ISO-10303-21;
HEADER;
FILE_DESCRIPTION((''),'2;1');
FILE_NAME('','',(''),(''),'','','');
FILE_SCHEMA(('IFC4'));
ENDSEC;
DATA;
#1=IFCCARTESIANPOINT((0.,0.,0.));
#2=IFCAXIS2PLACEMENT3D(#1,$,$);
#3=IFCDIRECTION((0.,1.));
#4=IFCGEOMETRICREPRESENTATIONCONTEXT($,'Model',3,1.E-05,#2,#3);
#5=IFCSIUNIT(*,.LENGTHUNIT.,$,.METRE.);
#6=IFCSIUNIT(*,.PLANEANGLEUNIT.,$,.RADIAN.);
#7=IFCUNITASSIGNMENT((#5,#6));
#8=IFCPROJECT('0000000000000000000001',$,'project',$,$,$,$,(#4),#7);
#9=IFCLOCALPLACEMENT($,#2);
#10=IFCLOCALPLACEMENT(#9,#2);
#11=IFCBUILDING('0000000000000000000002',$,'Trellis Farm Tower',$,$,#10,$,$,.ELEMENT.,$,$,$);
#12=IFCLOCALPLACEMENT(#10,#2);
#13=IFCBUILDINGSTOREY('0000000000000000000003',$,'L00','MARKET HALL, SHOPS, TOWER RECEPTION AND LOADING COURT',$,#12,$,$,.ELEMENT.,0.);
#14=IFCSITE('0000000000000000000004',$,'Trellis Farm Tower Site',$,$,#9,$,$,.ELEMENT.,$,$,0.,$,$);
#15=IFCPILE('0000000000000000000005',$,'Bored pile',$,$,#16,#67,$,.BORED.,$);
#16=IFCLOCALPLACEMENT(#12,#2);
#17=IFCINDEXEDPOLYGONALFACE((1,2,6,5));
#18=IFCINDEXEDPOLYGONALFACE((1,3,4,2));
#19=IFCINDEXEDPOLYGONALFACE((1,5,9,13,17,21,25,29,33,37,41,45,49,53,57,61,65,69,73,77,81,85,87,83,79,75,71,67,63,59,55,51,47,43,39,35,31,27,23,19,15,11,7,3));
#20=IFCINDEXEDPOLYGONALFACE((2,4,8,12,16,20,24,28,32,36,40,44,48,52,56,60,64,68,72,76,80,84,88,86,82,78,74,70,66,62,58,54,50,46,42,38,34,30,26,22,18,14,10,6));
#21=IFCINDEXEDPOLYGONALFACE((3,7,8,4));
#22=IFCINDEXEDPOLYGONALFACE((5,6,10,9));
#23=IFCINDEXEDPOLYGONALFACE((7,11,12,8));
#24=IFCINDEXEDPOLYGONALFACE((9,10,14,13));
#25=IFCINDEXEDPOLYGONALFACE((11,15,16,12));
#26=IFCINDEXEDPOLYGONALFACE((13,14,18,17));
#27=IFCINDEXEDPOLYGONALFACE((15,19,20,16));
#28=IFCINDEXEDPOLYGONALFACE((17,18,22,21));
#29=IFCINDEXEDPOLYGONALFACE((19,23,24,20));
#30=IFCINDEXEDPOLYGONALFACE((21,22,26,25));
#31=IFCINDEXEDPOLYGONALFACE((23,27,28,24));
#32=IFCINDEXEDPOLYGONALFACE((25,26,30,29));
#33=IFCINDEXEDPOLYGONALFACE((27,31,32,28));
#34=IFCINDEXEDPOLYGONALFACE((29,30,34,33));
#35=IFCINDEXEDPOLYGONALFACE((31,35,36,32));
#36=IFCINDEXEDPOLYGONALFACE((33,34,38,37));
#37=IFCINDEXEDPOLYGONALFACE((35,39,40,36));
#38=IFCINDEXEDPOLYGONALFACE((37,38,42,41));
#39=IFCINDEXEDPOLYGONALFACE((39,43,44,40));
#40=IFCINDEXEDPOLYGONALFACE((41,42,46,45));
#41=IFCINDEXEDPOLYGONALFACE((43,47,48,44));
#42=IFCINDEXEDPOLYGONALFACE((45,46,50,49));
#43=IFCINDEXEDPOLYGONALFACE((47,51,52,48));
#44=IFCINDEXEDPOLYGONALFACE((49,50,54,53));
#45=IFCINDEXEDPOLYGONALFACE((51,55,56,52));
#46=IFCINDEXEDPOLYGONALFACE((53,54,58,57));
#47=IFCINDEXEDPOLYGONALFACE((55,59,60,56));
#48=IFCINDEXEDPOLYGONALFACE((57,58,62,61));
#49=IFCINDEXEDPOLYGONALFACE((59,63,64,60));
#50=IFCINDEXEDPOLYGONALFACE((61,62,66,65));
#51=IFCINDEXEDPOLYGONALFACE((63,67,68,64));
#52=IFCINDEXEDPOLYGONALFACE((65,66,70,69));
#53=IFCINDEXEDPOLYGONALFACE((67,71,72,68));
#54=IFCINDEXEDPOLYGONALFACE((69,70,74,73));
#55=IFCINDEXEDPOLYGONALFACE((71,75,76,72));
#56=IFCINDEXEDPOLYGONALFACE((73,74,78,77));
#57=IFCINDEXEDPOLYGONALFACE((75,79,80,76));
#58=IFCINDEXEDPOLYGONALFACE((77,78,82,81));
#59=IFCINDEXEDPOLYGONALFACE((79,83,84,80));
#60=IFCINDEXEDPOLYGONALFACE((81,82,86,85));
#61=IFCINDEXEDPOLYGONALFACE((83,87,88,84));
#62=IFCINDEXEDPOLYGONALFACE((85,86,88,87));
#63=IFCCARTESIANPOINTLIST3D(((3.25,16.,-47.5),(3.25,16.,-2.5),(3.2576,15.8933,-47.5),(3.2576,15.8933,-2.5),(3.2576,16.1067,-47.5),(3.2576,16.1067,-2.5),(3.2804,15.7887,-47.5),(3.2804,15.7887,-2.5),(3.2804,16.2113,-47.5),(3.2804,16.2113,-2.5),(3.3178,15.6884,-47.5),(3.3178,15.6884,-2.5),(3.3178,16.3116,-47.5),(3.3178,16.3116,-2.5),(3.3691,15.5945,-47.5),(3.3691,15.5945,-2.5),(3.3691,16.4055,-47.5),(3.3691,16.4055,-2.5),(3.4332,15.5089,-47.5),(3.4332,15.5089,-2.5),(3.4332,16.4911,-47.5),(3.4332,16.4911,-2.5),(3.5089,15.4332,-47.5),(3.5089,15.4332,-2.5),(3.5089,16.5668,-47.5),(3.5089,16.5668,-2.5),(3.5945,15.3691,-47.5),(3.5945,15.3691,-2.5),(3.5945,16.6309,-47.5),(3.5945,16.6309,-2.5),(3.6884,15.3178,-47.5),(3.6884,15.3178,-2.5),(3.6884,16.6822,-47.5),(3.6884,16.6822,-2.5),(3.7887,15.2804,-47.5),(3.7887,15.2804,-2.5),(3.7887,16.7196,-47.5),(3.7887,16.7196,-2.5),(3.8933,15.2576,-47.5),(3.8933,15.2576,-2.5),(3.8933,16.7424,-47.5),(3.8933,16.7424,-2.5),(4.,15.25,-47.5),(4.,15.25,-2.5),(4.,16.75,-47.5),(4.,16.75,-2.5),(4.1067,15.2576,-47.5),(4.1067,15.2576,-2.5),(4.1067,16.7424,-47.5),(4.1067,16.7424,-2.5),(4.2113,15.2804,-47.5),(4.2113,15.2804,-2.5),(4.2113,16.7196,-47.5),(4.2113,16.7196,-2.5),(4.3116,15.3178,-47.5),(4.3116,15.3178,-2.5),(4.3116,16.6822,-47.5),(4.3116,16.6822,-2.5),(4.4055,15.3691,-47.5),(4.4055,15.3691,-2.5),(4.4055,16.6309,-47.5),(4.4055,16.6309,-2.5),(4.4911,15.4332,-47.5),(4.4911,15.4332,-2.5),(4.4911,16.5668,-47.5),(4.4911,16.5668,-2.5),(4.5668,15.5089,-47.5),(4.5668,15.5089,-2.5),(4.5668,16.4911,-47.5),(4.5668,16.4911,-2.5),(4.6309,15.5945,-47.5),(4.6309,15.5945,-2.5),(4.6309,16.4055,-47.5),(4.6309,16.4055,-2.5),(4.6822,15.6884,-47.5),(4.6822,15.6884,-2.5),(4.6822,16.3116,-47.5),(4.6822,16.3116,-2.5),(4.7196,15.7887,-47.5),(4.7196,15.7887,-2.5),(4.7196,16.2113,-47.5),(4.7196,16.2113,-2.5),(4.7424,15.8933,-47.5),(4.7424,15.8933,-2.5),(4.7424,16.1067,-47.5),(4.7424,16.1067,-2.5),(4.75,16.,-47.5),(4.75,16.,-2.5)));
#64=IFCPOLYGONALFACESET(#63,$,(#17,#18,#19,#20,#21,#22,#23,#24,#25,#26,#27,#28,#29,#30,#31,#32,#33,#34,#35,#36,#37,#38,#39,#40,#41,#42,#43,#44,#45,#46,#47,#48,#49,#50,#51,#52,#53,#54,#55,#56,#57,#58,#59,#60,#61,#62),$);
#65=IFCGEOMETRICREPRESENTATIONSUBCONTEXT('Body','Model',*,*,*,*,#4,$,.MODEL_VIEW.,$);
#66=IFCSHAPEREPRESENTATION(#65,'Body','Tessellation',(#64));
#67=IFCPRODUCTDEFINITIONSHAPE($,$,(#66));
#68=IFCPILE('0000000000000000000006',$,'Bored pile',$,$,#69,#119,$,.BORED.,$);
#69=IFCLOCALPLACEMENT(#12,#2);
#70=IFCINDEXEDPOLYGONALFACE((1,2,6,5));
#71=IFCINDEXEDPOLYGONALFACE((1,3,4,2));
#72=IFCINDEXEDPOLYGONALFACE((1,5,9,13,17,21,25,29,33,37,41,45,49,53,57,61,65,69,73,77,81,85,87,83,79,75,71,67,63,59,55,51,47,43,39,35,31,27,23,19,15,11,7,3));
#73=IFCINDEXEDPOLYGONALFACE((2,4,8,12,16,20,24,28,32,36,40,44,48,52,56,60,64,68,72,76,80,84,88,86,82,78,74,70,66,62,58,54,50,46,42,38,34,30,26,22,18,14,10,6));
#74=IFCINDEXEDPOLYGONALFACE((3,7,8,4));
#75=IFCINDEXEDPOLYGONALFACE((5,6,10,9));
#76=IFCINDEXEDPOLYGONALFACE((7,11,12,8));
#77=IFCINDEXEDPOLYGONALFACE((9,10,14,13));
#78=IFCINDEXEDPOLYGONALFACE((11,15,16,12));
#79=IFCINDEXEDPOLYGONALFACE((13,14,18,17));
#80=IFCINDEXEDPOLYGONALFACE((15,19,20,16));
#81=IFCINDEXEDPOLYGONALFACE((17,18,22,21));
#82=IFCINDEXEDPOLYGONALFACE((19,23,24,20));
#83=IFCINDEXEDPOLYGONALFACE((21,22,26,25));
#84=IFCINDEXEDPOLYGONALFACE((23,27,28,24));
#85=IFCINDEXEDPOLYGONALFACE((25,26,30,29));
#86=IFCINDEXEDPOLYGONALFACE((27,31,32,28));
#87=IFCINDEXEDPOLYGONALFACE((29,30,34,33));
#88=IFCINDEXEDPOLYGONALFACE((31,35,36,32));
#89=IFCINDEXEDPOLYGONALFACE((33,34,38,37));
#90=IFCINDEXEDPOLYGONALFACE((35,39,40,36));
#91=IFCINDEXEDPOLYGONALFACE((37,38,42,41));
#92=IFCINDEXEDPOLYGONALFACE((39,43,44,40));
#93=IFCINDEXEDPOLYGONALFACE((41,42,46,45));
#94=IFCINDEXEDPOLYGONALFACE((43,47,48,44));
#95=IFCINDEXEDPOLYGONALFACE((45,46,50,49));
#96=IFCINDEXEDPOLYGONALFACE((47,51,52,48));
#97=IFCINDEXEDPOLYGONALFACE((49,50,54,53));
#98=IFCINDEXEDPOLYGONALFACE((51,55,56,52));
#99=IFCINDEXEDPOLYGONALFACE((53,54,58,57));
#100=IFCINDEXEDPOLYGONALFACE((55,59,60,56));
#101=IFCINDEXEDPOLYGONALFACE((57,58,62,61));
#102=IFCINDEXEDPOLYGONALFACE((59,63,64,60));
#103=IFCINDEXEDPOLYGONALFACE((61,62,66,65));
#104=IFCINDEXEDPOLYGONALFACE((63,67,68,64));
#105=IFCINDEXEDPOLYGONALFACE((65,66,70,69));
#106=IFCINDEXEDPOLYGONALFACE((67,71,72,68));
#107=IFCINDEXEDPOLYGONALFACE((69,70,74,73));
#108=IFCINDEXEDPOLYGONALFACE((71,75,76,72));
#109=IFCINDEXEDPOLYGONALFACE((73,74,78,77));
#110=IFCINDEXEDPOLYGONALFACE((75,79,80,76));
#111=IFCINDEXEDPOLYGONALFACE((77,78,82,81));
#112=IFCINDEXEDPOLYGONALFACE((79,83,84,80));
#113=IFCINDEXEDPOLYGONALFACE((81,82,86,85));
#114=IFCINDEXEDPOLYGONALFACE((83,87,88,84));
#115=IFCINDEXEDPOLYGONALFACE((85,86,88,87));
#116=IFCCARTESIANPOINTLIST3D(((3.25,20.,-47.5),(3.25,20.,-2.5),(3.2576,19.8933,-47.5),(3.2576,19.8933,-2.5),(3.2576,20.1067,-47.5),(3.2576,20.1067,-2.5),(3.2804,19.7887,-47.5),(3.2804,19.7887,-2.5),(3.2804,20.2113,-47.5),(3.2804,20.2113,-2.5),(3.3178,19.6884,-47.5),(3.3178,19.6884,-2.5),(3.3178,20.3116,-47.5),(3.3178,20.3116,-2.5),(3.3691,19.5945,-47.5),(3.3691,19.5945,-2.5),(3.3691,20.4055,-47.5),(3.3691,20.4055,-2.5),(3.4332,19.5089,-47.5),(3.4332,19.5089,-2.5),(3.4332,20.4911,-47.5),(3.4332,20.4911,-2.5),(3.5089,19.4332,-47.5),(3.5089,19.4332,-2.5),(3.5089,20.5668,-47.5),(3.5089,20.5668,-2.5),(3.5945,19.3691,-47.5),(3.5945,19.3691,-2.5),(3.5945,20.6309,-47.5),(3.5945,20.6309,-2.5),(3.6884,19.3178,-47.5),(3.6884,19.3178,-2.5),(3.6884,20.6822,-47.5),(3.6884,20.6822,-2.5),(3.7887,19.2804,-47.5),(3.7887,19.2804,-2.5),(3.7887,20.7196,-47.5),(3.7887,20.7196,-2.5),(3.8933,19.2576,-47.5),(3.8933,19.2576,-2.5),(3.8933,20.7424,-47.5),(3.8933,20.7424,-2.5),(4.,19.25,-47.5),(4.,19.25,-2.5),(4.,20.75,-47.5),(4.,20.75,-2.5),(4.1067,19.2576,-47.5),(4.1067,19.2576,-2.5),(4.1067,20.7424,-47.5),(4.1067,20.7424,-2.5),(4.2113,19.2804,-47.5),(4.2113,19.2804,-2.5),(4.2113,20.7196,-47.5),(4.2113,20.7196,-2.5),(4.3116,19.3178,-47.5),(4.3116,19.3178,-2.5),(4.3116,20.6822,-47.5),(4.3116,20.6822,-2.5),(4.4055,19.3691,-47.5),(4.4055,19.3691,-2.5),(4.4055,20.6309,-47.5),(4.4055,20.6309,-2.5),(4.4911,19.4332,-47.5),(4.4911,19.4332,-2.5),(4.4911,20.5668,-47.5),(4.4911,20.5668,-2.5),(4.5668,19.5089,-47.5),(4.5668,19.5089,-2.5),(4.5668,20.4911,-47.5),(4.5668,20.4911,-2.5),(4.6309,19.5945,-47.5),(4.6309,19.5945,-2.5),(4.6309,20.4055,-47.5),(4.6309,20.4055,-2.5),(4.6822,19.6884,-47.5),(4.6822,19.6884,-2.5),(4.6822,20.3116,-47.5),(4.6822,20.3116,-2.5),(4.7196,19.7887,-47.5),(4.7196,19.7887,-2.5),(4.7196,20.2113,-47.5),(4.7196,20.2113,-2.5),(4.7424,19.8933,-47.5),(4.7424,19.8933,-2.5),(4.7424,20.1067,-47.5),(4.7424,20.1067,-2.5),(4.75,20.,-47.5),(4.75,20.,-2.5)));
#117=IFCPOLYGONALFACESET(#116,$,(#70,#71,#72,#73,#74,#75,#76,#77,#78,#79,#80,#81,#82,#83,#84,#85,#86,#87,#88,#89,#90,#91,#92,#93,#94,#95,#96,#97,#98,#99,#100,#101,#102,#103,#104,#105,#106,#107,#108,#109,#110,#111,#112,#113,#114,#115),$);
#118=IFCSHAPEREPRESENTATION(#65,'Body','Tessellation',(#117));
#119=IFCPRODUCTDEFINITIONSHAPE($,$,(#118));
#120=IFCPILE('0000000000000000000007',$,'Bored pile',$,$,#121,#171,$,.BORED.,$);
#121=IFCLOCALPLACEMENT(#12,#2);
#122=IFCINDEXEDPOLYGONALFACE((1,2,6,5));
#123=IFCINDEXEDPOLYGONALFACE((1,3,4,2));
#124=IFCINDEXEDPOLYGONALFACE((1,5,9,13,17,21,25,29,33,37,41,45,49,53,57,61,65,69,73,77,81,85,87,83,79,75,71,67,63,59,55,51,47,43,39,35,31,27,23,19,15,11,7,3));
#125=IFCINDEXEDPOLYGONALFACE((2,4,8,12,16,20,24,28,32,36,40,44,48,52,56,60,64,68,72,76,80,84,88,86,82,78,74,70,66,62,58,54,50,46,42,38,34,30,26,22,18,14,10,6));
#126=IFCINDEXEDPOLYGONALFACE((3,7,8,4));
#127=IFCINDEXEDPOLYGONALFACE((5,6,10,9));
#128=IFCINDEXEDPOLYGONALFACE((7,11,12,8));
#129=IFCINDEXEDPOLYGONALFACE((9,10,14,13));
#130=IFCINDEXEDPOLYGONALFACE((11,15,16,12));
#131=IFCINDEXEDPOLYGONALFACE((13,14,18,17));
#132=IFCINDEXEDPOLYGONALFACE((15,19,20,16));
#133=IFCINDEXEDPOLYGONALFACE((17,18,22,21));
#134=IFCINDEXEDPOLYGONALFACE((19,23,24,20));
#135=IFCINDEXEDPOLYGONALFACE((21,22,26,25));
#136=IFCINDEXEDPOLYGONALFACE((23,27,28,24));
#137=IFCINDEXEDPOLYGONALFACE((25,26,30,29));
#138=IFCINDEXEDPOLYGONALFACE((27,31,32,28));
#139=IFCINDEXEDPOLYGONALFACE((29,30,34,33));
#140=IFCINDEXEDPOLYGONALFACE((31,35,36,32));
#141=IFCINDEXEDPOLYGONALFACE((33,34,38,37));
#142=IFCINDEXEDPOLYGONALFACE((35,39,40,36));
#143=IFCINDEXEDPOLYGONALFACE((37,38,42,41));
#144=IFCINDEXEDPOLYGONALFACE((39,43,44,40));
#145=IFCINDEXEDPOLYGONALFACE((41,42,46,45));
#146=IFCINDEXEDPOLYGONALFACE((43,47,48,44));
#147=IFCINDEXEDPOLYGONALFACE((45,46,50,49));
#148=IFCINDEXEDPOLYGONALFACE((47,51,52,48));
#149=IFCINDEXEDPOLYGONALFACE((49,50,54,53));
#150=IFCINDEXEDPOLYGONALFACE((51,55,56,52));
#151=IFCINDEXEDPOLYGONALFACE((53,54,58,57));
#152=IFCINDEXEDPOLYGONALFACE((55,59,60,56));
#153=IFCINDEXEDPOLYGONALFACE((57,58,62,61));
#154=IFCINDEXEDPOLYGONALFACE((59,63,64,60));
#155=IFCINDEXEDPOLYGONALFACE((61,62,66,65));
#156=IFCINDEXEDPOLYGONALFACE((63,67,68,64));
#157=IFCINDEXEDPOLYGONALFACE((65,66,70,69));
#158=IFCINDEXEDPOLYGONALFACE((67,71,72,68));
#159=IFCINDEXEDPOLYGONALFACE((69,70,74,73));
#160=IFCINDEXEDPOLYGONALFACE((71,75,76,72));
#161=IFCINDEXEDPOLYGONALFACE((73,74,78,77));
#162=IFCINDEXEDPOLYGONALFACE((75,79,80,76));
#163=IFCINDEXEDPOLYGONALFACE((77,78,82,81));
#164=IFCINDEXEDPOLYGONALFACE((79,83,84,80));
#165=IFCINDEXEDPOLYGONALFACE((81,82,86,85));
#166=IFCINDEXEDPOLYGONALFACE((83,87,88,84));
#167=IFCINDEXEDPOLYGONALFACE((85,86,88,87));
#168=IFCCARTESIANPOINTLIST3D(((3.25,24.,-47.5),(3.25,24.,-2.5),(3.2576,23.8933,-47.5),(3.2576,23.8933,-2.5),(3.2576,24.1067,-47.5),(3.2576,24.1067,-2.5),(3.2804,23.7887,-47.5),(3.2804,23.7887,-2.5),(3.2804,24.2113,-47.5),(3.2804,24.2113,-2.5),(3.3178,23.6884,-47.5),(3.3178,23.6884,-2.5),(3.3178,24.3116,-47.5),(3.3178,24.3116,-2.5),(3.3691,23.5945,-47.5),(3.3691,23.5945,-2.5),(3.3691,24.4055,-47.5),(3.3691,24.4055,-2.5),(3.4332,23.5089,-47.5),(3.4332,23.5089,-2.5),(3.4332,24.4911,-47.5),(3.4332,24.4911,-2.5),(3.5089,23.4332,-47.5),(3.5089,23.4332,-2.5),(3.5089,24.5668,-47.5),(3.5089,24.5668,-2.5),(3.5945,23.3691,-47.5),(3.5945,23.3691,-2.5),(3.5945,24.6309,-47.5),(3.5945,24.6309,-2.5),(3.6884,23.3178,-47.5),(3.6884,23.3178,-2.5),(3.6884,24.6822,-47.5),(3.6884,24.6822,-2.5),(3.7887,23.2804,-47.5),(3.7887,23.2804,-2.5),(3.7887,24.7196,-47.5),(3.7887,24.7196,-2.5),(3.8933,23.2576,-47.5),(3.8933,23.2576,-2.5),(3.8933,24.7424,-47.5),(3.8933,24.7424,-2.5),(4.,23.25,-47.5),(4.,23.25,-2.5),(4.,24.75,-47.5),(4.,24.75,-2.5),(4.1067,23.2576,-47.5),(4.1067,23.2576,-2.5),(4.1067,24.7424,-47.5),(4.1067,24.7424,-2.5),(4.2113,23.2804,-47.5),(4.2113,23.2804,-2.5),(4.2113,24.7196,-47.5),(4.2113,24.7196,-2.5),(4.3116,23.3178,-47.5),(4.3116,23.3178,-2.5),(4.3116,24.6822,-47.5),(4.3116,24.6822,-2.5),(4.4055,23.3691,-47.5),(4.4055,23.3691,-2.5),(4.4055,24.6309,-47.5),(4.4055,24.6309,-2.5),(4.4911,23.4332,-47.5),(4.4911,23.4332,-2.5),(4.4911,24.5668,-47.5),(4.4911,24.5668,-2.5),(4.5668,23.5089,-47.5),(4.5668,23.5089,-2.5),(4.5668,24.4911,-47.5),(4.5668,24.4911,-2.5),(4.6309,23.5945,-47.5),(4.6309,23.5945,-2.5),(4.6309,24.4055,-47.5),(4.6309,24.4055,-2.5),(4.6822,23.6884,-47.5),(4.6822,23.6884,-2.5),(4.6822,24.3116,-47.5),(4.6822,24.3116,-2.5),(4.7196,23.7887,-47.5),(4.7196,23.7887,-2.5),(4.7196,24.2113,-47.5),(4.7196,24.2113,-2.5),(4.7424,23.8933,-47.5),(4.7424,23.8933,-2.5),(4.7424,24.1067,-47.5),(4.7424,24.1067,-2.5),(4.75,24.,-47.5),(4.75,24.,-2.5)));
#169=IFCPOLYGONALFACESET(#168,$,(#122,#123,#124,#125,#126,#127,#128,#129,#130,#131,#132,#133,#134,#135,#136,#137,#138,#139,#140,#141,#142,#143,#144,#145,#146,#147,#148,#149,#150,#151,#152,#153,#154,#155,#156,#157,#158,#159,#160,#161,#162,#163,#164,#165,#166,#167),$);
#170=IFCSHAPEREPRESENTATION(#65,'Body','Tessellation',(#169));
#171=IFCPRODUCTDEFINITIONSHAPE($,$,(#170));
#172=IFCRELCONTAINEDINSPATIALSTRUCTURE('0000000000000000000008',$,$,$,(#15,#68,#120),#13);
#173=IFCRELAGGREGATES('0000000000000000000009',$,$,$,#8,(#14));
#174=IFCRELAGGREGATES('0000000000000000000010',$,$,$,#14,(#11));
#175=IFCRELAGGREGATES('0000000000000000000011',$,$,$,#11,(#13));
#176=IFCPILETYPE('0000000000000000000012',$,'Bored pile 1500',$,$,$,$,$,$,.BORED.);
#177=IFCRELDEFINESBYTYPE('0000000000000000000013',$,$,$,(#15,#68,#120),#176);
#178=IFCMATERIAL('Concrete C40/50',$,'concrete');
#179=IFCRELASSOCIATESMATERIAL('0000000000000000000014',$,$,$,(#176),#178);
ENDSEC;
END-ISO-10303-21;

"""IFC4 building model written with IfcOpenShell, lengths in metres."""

from ifc_helpers import new_model, si_unit, direction, frame, origin, origin_2d, place, context, subcontext, project, spatial, circle, extrude, source, transform, mapped, material, material_profile, profile_set, type_object, element, save


model = new_model("IFC4")

# Units and contexts
model_context = context("Model", 3, precision=1e-05, world=origin(), true_north=direction((0.0, 1.0)))
body_context = subcontext(model_context, "Body", "Model", "MODEL_VIEW")
ifc_project = project(units=[si_unit("LENGTHUNIT", "METRE"), si_unit("PLANEANGLEUNIT", "RADIAN")], contexts=[model_context])

# Site, building, storey
site_placement = place(None, origin())
site = spatial("IfcSite", under=ifc_project, at=site_placement, Name="Trellis Farm Tower Site", CompositionType="ELEMENT", RefElevation=0.0)
building_placement = place(site_placement, origin())
building = spatial("IfcBuilding", under=site, at=building_placement, Name="Trellis Farm Tower", CompositionType="ELEMENT")
storey_placement = place(building_placement, origin())
storey = spatial("IfcBuildingStorey", under=building, at=storey_placement, Name="L00", Description="MARKET HALL, SHOPS, TOWER RECEPTION AND LOADING COURT", CompositionType="ELEMENT", Elevation=0.0)

# Piles
ifc_material_1 = material(Name="Concrete C40/50", Category="concrete")
ifc_material_profile_1 = material_profile(ifc_material_1, circle(Radius=0.75, at=origin_2d()), Name="Bored pile 1500")
ifc_profile_set_1 = profile_set([ifc_material_profile_1], Name="Concrete C40/50")
pile_type = type_object("IfcPileType", Name="Bored pile 1500", PredefinedType="BORED", material=ifc_profile_set_1)
shared_shape_1 = source(origin(), body_context, "Body", "SweptSolid", [
    extrude(circle(Radius=0.75, at=origin_2d()), origin(), (0.0, 0.0, 1.0), 45.0),
])
for number, where, z_axis, x_axis, name in (
    (1, (4.0, 16.0, -2.5), (0.0, 0.0, -1.0), (1.0, 0.0, 0.0), "Bored pile"),
    (2, (4.0, 20.0, -2.5), (0.0, 0.0, -1.0), (1.0, 0.0, 0.0), "Bored pile"),
    (3, (4.0, 24.0, -2.5), (0.0, 0.0, -1.0), (1.0, 0.0, 0.0), "Bored pile"),
):
    element("IfcPile", number, at=place(storey_placement, frame(where, z_axis=z_axis, x_axis=x_axis)), inside=storey, type_object=pile_type, Name=name, PredefinedType="BORED", context=body_context, shape_type="MappedRepresentation", body=[
        mapped(shared_shape_1, transform((0.0, 0.0, 0.0))),
    ])

save(model, "model.ifc")
